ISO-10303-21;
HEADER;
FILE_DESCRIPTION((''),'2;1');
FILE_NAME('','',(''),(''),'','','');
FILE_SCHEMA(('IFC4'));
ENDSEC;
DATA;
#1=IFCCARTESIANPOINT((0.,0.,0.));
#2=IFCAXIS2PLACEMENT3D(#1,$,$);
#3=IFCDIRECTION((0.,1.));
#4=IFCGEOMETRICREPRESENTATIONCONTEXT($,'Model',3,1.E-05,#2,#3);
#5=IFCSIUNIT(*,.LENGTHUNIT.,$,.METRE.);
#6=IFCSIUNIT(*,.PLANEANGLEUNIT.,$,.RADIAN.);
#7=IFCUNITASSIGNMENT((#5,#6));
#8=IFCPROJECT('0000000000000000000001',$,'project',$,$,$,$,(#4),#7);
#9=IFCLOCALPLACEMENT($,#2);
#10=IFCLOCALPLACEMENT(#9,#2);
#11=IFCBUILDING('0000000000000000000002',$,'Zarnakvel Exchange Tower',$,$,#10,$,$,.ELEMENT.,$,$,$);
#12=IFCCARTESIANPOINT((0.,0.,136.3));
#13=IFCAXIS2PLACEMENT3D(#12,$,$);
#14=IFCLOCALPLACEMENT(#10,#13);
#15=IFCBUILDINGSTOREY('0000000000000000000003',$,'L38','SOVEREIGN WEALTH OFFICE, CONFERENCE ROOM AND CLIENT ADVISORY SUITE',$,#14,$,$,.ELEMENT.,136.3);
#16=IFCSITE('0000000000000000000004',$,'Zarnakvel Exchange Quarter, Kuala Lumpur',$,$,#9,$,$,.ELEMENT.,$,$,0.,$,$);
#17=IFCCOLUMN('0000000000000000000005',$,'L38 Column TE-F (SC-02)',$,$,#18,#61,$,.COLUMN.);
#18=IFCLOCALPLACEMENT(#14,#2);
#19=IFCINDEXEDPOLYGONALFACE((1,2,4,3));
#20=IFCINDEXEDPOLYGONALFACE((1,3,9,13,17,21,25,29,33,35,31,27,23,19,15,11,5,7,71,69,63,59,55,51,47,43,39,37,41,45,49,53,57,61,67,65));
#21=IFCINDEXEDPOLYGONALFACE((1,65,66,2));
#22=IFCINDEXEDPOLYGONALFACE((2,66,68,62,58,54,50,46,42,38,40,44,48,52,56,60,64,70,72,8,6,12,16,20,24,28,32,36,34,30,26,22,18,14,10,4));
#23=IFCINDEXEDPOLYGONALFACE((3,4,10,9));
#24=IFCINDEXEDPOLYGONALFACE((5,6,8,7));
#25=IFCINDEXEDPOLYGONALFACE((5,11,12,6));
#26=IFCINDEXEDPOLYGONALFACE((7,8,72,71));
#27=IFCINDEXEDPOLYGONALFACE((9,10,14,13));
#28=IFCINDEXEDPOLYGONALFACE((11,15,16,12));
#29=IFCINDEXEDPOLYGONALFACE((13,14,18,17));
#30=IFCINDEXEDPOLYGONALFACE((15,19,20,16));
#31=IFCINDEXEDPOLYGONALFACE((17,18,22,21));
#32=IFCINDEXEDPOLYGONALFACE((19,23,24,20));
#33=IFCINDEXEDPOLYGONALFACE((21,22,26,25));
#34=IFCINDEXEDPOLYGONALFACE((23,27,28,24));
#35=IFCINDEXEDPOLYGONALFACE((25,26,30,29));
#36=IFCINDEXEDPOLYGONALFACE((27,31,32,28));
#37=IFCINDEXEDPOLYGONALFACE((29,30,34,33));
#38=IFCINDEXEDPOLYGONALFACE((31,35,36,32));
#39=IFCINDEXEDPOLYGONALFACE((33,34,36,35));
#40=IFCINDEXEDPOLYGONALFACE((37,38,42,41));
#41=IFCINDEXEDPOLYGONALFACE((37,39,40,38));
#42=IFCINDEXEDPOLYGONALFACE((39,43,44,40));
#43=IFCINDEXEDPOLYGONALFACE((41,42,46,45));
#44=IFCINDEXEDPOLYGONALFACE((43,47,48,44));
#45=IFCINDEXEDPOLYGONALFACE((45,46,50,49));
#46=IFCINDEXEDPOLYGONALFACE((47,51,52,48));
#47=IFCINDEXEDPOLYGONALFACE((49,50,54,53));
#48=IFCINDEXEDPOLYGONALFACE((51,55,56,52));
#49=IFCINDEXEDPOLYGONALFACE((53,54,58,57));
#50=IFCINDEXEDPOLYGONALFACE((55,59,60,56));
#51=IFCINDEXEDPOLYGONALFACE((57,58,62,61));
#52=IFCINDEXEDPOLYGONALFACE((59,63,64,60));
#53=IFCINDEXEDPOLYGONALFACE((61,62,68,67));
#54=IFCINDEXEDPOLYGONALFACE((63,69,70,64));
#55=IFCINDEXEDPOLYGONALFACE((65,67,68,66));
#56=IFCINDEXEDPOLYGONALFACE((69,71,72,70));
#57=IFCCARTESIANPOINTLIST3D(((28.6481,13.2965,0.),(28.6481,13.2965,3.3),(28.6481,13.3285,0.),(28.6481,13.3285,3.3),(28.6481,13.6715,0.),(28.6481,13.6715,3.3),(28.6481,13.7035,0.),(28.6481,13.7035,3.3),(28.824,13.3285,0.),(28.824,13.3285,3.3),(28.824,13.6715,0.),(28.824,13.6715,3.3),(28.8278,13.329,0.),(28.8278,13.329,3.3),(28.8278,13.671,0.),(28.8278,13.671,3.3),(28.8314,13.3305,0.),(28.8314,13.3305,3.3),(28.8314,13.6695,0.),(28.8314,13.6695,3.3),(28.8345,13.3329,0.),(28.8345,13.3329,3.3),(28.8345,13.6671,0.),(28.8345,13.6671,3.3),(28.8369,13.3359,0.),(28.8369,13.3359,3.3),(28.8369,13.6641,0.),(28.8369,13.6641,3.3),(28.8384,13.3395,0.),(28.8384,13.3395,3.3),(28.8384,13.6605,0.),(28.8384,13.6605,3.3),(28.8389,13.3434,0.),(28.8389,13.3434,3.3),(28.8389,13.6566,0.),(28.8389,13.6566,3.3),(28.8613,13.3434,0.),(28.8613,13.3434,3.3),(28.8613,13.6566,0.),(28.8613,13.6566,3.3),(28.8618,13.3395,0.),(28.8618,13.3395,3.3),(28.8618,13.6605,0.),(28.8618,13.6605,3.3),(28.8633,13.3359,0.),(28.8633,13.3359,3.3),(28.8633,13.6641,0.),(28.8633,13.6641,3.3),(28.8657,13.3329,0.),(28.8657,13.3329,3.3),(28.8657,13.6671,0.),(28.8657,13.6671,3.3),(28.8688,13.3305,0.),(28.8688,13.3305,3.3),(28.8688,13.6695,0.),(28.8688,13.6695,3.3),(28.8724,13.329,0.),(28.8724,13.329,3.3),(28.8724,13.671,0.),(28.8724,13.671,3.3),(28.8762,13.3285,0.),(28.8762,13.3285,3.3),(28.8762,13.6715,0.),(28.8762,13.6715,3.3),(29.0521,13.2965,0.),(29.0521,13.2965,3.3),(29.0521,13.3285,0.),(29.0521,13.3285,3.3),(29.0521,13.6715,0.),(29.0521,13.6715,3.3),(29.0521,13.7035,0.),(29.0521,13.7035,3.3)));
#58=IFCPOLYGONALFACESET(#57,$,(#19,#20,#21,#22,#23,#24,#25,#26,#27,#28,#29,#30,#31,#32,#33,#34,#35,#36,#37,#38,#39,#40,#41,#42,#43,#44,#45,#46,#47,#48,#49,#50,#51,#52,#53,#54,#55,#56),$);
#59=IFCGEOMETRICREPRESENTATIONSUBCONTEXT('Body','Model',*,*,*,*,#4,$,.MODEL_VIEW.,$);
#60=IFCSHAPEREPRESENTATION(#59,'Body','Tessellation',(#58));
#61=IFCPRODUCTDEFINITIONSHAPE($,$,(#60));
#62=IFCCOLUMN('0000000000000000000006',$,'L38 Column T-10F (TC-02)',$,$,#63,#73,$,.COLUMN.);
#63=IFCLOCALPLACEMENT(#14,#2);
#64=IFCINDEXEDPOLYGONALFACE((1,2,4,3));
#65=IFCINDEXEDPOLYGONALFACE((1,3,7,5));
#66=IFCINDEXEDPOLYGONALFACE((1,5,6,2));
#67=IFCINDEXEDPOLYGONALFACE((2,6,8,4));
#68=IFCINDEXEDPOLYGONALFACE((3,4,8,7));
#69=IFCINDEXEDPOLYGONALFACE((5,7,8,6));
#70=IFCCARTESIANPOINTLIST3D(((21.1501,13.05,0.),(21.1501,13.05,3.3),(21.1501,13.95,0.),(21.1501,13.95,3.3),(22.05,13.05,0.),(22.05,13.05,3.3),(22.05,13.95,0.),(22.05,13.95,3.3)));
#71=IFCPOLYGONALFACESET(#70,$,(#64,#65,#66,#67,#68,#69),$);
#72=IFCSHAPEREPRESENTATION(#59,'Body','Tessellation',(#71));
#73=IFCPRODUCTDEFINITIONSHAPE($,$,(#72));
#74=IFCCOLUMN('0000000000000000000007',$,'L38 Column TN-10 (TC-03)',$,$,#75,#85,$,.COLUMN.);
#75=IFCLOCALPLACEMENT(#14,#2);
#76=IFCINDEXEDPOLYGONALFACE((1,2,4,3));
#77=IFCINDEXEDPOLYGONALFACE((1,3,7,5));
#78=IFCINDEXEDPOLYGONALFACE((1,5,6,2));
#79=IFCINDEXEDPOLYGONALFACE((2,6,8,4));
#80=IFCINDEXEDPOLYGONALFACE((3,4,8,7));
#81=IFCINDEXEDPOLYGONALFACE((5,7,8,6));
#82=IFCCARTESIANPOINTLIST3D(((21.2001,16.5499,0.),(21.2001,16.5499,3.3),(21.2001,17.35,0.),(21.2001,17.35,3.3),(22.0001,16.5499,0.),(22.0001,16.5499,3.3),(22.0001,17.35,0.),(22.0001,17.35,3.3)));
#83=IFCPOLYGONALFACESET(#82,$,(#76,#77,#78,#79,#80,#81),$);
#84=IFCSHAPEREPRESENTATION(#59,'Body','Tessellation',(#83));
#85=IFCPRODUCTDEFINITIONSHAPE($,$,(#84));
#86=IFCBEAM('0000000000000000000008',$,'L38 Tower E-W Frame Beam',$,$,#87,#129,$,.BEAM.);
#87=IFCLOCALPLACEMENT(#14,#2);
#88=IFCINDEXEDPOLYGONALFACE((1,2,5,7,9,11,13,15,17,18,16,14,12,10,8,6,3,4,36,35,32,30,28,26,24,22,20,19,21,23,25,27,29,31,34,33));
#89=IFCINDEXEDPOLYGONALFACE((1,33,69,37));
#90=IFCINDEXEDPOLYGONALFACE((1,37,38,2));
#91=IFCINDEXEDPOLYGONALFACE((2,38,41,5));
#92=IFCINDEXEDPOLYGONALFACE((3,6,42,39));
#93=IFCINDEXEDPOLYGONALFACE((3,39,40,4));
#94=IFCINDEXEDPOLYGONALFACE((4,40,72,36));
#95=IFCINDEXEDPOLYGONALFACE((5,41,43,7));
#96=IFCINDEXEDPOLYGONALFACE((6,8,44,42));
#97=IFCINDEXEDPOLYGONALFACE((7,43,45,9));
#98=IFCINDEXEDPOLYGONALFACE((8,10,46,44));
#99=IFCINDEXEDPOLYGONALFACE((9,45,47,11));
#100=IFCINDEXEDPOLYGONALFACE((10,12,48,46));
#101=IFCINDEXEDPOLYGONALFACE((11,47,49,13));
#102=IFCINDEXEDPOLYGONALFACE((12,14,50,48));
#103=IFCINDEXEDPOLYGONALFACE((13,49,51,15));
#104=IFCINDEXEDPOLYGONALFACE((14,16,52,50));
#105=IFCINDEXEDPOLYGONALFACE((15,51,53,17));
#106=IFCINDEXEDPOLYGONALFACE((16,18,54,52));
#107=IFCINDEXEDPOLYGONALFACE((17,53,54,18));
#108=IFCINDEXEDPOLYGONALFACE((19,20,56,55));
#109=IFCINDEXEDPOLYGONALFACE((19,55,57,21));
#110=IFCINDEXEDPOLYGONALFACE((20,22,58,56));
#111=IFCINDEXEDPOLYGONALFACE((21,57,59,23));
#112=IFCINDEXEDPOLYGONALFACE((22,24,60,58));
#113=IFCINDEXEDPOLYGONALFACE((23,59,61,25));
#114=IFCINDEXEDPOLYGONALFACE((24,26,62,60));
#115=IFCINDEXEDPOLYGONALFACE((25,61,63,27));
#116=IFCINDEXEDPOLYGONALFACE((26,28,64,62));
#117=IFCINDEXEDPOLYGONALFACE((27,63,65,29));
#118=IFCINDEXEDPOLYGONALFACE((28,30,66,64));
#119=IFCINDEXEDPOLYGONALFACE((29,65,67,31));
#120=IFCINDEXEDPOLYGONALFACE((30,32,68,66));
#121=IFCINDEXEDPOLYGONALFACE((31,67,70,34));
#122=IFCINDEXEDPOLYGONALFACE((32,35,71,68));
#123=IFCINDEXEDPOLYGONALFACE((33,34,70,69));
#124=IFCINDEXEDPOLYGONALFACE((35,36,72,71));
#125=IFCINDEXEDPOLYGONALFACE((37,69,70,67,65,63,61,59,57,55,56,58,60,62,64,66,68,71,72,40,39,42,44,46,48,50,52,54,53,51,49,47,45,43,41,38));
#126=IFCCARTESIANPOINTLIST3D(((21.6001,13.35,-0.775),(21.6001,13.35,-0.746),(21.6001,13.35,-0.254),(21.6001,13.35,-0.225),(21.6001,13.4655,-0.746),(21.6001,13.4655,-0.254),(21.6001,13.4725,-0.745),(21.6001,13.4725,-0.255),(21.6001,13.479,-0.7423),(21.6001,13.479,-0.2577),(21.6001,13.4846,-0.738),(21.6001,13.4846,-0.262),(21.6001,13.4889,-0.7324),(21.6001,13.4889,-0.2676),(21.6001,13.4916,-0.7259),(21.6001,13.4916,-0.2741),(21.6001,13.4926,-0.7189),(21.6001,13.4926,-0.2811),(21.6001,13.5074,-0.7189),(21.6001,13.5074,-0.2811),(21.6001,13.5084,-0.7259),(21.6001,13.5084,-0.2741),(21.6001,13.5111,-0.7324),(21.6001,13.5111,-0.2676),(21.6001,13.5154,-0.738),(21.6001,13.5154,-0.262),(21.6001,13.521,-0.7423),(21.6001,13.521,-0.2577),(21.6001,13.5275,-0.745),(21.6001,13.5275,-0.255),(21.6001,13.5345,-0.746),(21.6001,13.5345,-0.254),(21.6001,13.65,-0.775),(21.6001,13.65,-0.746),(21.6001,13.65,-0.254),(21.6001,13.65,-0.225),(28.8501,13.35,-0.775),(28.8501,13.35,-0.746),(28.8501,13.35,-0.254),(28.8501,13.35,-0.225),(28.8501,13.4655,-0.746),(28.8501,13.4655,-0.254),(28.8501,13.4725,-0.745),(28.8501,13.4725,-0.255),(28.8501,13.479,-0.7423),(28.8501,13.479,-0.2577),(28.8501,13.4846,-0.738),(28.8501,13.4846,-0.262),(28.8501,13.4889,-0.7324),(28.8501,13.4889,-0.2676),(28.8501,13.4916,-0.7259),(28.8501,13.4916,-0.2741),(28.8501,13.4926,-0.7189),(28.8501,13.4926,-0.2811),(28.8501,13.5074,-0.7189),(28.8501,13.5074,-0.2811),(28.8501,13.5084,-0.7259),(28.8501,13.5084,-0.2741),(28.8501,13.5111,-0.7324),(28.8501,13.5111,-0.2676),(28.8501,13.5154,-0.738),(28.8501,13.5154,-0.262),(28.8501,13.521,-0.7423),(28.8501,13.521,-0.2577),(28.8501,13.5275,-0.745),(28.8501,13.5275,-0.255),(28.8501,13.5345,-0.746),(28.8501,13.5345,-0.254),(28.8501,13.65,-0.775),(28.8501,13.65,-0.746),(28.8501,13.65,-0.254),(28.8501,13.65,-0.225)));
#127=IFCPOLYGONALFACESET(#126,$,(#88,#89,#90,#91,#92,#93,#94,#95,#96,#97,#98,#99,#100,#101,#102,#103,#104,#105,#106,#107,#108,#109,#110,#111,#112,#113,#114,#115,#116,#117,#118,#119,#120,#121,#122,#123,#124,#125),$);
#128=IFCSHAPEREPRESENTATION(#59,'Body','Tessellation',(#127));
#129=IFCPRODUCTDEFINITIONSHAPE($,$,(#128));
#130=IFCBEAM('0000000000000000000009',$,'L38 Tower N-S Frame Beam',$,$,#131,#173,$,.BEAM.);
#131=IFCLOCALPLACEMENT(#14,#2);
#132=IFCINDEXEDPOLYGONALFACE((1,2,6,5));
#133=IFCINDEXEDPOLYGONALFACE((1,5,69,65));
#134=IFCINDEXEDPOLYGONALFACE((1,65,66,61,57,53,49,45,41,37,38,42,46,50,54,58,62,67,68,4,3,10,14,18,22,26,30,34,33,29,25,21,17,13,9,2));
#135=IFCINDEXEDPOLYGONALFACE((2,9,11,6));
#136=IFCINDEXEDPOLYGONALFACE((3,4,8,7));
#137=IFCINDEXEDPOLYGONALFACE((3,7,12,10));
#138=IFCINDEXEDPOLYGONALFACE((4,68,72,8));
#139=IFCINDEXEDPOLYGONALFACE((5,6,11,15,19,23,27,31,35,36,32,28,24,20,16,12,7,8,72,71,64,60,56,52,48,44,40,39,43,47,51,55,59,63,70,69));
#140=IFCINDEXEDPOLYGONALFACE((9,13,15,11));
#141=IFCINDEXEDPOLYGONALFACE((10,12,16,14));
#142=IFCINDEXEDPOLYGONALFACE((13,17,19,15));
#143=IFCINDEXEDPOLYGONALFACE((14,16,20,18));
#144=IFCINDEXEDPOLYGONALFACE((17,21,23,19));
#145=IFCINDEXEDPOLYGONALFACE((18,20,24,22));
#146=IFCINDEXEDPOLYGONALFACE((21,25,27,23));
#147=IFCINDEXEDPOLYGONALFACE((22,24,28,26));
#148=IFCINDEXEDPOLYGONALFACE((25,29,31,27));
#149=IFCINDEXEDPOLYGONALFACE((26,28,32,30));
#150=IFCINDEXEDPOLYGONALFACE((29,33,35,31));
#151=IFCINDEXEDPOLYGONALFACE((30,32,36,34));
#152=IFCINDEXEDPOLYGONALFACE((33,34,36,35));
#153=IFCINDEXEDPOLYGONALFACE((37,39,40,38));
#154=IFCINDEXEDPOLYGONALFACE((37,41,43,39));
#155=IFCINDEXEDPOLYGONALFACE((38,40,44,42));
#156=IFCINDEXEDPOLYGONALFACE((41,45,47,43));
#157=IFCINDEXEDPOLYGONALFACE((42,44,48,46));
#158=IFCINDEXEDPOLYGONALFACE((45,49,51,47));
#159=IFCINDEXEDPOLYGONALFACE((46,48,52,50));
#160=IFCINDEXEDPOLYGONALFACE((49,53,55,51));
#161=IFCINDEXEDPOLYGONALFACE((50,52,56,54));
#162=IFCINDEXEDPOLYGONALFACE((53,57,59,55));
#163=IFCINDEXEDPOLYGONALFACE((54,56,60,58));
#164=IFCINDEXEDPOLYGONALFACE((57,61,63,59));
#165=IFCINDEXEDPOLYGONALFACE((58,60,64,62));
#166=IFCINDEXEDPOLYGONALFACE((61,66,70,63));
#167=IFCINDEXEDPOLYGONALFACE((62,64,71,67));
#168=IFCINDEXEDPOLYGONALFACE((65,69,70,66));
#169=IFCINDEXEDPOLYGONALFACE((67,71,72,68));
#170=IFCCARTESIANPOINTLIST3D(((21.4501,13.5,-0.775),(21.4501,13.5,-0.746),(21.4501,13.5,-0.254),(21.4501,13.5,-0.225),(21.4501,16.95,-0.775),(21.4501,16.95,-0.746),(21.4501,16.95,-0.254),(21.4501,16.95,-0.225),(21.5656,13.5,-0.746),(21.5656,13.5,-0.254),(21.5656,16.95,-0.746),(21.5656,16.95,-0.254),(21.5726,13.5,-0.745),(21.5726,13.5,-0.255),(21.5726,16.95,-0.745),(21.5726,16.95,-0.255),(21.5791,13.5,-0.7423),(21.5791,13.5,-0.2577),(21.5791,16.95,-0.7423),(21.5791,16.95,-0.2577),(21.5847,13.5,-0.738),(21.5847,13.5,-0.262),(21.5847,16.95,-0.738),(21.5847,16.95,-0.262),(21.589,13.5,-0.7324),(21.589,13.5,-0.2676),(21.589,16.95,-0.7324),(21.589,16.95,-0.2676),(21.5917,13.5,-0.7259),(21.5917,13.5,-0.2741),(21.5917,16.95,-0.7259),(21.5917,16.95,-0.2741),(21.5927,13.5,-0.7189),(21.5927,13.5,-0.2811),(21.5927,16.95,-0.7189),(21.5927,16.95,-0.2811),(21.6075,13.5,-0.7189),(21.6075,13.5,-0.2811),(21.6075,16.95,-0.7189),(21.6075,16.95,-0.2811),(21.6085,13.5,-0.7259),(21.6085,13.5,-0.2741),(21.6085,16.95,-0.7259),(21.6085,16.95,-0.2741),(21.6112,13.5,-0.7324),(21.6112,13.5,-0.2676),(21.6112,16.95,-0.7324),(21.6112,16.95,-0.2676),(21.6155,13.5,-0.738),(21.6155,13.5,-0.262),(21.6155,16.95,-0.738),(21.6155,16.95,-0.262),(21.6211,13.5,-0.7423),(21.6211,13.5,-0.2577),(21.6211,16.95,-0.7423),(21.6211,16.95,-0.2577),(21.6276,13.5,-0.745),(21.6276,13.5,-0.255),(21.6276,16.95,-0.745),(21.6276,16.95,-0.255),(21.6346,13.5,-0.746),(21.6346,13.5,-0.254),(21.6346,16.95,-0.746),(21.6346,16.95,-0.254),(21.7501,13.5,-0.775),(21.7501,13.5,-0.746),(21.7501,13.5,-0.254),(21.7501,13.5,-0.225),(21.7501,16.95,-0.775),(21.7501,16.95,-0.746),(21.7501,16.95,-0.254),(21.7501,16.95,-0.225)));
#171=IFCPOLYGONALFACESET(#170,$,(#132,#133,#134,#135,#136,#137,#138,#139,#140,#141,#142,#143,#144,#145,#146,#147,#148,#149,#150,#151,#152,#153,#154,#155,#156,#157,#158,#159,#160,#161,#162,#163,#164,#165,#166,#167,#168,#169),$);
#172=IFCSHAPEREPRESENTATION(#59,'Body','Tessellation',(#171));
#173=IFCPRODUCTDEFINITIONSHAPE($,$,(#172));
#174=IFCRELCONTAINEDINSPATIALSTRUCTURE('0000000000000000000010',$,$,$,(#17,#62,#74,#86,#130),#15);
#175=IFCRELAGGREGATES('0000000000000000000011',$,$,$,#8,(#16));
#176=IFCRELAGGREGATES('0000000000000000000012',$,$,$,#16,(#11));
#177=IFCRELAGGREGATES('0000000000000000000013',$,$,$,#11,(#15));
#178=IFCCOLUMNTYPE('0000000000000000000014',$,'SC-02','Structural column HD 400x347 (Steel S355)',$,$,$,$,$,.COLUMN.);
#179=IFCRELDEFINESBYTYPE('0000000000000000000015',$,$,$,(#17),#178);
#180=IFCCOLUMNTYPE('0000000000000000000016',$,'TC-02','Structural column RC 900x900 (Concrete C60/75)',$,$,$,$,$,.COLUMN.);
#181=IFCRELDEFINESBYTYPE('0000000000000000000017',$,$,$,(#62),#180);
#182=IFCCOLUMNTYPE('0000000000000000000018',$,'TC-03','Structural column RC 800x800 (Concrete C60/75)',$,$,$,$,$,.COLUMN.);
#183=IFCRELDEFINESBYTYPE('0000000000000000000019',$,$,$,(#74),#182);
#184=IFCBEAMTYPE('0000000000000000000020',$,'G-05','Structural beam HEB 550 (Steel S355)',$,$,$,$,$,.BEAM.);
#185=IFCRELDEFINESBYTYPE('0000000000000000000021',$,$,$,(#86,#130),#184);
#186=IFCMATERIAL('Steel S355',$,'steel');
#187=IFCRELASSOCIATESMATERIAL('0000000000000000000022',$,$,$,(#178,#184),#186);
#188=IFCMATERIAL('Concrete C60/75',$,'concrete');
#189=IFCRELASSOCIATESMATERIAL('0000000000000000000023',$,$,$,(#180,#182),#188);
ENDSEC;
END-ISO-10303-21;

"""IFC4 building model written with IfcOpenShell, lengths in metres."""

from ifc_helpers import new_model, si_unit, direction, frame, origin, origin_2d, place, context, subcontext, project, spatial, rectangle, i_section, extrude, material, material_profile, profile_set, type_object, element, save


model = new_model("IFC4")

# Units and contexts
model_context = context("Model", 3, precision=1e-05, world=origin(), true_north=direction((0.0, 1.0)))
body_context = subcontext(model_context, "Body", "Model", "MODEL_VIEW")
ifc_project = project(units=[si_unit("LENGTHUNIT", "METRE"), si_unit("PLANEANGLEUNIT", "RADIAN")], contexts=[model_context])

# Site, building, storey
site_placement = place(None, origin())
site = spatial("IfcSite", under=ifc_project, at=site_placement, Name="Zarnakvel Exchange Quarter, Kuala Lumpur", CompositionType="ELEMENT", RefElevation=0.0)
building_placement = place(site_placement, origin())
building = spatial("IfcBuilding", under=site, at=building_placement, Name="Zarnakvel Exchange Tower", CompositionType="ELEMENT")
storey_placement = place(building_placement, frame((0.0, 0.0, 136.3)))
storey = spatial("IfcBuildingStorey", under=building, at=storey_placement, Name="L38", Description="SOVEREIGN WEALTH OFFICE, CONFERENCE ROOM AND CLIENT ADVISORY SUITE", CompositionType="ELEMENT", Elevation=136.3)

# Columns
ifc_material_1 = material(Name="Steel S355", Category="steel")
ifc_material_profile_1 = material_profile(ifc_material_1, i_section(OverallWidth=0.4041, OverallDepth=0.407, WebThickness=0.0225, FlangeThickness=0.032, FilletRadius=0.0149, at=origin_2d()))
ifc_profile_set_1 = profile_set([ifc_material_profile_1], Name="Steel S355")
column_type_1 = type_object("IfcColumnType", Name="SC-02", Description="Structural column HD 400x347 (Steel S355)", PredefinedType="COLUMN", material=ifc_profile_set_1)
column_1_placement = place(storey_placement, frame((28.8501, 13.5, 0.0), z_axis=(0.0, 0.0, 1.0), x_axis=(1.0, 0.0, 0.0)))
element("IfcColumn", 1, at=column_1_placement, inside=storey, type_object=column_type_1, Name="L38 Column TE-F (SC-02)", PredefinedType="COLUMN", context=body_context, shape_type="SweptSolid", body=[
    extrude(i_section(OverallWidth=0.4041, OverallDepth=0.407, WebThickness=0.0225, FlangeThickness=0.032, FilletRadius=0.0149, at=origin_2d()), origin(), (0.0, 0.0, 1.0), 3.3),
])
ifc_material_2 = material(Name="Concrete C60/75", Category="concrete")
ifc_material_profile_2 = material_profile(ifc_material_2, rectangle(XDim=0.8999, YDim=0.8999, at=origin_2d()))
ifc_profile_set_2 = profile_set([ifc_material_profile_2], Name="Concrete C60/75")
column_type_2 = type_object("IfcColumnType", Name="TC-02", Description="Structural column RC 900x900 (Concrete C60/75)", PredefinedType="COLUMN", material=ifc_profile_set_2)
column_2_placement = place(storey_placement, frame((21.6001, 13.5, 0.0), z_axis=(0.0, 0.0, 1.0), x_axis=(1.0, 0.0, 0.0)))
element("IfcColumn", 2, at=column_2_placement, inside=storey, type_object=column_type_2, Name="L38 Column T-10F (TC-02)", PredefinedType="COLUMN", context=body_context, shape_type="SweptSolid", body=[
    extrude(rectangle(XDim=0.8999, YDim=0.8999, at=origin_2d()), origin(), (0.0, 0.0, 1.0), 3.3),
])
ifc_material_profile_3 = material_profile(ifc_material_2, rectangle(XDim=0.8, YDim=0.8, at=origin_2d()))
ifc_profile_set_3 = profile_set([ifc_material_profile_3], Name="Concrete C60/75")
column_type_3 = type_object("IfcColumnType", Name="TC-03", Description="Structural column RC 800x800 (Concrete C60/75)", PredefinedType="COLUMN", material=ifc_profile_set_3)
column_3_placement = place(storey_placement, frame((21.6001, 16.95, 0.0), z_axis=(0.0, 0.0, 1.0), x_axis=(1.0, 0.0, 0.0)))
element("IfcColumn", 3, at=column_3_placement, inside=storey, type_object=column_type_3, Name="L38 Column TN-10 (TC-03)", PredefinedType="COLUMN", context=body_context, shape_type="SweptSolid", body=[
    extrude(rectangle(XDim=0.8, YDim=0.8, at=origin_2d()), origin(), (0.0, 0.0, 1.0), 3.3),
])

# Beams
ifc_material_profile_4 = material_profile(ifc_material_1, i_section(OverallWidth=0.3, OverallDepth=0.55, WebThickness=0.0149, FlangeThickness=0.0291, FilletRadius=0.0271, at=origin_2d()))
ifc_profile_set_4 = profile_set([ifc_material_profile_4], Name="Steel S355")
beam_type = type_object("IfcBeamType", Name="G-05", Description="Structural beam HEB 550 (Steel S355)", PredefinedType="BEAM", material=ifc_profile_set_4)
beam_1_placement = place(storey_placement, frame((21.6001, 13.5, -0.5), z_axis=(1.0, 0.0, 0.0), x_axis=(0.0, 1.0, 0.0)))
element("IfcBeam", 4, at=beam_1_placement, inside=storey, type_object=beam_type, Name="L38 Tower E-W Frame Beam", PredefinedType="BEAM", context=body_context, shape_type="SweptSolid", body=[
    extrude(i_section(OverallWidth=0.3, OverallDepth=0.55, WebThickness=0.0149, FlangeThickness=0.0291, FilletRadius=0.0271, at=origin_2d()), origin(), (0.0, 0.0, 1.0), 7.25),
])
beam_2_placement = place(storey_placement, frame((21.6001, 13.5, -0.5), z_axis=(0.0, 1.0, 0.0), x_axis=(-1.0, 0.0, 0.0)))
element("IfcBeam", 5, at=beam_2_placement, inside=storey, type_object=beam_type, Name="L38 Tower N-S Frame Beam", PredefinedType="BEAM", context=body_context, shape_type="SweptSolid", body=[
    extrude(i_section(OverallWidth=0.3, OverallDepth=0.55, WebThickness=0.0149, FlangeThickness=0.0291, FilletRadius=0.0271, at=origin_2d()), origin(), (0.0, 0.0, 1.0), 3.45),
])

save(model, "model.ifc")
